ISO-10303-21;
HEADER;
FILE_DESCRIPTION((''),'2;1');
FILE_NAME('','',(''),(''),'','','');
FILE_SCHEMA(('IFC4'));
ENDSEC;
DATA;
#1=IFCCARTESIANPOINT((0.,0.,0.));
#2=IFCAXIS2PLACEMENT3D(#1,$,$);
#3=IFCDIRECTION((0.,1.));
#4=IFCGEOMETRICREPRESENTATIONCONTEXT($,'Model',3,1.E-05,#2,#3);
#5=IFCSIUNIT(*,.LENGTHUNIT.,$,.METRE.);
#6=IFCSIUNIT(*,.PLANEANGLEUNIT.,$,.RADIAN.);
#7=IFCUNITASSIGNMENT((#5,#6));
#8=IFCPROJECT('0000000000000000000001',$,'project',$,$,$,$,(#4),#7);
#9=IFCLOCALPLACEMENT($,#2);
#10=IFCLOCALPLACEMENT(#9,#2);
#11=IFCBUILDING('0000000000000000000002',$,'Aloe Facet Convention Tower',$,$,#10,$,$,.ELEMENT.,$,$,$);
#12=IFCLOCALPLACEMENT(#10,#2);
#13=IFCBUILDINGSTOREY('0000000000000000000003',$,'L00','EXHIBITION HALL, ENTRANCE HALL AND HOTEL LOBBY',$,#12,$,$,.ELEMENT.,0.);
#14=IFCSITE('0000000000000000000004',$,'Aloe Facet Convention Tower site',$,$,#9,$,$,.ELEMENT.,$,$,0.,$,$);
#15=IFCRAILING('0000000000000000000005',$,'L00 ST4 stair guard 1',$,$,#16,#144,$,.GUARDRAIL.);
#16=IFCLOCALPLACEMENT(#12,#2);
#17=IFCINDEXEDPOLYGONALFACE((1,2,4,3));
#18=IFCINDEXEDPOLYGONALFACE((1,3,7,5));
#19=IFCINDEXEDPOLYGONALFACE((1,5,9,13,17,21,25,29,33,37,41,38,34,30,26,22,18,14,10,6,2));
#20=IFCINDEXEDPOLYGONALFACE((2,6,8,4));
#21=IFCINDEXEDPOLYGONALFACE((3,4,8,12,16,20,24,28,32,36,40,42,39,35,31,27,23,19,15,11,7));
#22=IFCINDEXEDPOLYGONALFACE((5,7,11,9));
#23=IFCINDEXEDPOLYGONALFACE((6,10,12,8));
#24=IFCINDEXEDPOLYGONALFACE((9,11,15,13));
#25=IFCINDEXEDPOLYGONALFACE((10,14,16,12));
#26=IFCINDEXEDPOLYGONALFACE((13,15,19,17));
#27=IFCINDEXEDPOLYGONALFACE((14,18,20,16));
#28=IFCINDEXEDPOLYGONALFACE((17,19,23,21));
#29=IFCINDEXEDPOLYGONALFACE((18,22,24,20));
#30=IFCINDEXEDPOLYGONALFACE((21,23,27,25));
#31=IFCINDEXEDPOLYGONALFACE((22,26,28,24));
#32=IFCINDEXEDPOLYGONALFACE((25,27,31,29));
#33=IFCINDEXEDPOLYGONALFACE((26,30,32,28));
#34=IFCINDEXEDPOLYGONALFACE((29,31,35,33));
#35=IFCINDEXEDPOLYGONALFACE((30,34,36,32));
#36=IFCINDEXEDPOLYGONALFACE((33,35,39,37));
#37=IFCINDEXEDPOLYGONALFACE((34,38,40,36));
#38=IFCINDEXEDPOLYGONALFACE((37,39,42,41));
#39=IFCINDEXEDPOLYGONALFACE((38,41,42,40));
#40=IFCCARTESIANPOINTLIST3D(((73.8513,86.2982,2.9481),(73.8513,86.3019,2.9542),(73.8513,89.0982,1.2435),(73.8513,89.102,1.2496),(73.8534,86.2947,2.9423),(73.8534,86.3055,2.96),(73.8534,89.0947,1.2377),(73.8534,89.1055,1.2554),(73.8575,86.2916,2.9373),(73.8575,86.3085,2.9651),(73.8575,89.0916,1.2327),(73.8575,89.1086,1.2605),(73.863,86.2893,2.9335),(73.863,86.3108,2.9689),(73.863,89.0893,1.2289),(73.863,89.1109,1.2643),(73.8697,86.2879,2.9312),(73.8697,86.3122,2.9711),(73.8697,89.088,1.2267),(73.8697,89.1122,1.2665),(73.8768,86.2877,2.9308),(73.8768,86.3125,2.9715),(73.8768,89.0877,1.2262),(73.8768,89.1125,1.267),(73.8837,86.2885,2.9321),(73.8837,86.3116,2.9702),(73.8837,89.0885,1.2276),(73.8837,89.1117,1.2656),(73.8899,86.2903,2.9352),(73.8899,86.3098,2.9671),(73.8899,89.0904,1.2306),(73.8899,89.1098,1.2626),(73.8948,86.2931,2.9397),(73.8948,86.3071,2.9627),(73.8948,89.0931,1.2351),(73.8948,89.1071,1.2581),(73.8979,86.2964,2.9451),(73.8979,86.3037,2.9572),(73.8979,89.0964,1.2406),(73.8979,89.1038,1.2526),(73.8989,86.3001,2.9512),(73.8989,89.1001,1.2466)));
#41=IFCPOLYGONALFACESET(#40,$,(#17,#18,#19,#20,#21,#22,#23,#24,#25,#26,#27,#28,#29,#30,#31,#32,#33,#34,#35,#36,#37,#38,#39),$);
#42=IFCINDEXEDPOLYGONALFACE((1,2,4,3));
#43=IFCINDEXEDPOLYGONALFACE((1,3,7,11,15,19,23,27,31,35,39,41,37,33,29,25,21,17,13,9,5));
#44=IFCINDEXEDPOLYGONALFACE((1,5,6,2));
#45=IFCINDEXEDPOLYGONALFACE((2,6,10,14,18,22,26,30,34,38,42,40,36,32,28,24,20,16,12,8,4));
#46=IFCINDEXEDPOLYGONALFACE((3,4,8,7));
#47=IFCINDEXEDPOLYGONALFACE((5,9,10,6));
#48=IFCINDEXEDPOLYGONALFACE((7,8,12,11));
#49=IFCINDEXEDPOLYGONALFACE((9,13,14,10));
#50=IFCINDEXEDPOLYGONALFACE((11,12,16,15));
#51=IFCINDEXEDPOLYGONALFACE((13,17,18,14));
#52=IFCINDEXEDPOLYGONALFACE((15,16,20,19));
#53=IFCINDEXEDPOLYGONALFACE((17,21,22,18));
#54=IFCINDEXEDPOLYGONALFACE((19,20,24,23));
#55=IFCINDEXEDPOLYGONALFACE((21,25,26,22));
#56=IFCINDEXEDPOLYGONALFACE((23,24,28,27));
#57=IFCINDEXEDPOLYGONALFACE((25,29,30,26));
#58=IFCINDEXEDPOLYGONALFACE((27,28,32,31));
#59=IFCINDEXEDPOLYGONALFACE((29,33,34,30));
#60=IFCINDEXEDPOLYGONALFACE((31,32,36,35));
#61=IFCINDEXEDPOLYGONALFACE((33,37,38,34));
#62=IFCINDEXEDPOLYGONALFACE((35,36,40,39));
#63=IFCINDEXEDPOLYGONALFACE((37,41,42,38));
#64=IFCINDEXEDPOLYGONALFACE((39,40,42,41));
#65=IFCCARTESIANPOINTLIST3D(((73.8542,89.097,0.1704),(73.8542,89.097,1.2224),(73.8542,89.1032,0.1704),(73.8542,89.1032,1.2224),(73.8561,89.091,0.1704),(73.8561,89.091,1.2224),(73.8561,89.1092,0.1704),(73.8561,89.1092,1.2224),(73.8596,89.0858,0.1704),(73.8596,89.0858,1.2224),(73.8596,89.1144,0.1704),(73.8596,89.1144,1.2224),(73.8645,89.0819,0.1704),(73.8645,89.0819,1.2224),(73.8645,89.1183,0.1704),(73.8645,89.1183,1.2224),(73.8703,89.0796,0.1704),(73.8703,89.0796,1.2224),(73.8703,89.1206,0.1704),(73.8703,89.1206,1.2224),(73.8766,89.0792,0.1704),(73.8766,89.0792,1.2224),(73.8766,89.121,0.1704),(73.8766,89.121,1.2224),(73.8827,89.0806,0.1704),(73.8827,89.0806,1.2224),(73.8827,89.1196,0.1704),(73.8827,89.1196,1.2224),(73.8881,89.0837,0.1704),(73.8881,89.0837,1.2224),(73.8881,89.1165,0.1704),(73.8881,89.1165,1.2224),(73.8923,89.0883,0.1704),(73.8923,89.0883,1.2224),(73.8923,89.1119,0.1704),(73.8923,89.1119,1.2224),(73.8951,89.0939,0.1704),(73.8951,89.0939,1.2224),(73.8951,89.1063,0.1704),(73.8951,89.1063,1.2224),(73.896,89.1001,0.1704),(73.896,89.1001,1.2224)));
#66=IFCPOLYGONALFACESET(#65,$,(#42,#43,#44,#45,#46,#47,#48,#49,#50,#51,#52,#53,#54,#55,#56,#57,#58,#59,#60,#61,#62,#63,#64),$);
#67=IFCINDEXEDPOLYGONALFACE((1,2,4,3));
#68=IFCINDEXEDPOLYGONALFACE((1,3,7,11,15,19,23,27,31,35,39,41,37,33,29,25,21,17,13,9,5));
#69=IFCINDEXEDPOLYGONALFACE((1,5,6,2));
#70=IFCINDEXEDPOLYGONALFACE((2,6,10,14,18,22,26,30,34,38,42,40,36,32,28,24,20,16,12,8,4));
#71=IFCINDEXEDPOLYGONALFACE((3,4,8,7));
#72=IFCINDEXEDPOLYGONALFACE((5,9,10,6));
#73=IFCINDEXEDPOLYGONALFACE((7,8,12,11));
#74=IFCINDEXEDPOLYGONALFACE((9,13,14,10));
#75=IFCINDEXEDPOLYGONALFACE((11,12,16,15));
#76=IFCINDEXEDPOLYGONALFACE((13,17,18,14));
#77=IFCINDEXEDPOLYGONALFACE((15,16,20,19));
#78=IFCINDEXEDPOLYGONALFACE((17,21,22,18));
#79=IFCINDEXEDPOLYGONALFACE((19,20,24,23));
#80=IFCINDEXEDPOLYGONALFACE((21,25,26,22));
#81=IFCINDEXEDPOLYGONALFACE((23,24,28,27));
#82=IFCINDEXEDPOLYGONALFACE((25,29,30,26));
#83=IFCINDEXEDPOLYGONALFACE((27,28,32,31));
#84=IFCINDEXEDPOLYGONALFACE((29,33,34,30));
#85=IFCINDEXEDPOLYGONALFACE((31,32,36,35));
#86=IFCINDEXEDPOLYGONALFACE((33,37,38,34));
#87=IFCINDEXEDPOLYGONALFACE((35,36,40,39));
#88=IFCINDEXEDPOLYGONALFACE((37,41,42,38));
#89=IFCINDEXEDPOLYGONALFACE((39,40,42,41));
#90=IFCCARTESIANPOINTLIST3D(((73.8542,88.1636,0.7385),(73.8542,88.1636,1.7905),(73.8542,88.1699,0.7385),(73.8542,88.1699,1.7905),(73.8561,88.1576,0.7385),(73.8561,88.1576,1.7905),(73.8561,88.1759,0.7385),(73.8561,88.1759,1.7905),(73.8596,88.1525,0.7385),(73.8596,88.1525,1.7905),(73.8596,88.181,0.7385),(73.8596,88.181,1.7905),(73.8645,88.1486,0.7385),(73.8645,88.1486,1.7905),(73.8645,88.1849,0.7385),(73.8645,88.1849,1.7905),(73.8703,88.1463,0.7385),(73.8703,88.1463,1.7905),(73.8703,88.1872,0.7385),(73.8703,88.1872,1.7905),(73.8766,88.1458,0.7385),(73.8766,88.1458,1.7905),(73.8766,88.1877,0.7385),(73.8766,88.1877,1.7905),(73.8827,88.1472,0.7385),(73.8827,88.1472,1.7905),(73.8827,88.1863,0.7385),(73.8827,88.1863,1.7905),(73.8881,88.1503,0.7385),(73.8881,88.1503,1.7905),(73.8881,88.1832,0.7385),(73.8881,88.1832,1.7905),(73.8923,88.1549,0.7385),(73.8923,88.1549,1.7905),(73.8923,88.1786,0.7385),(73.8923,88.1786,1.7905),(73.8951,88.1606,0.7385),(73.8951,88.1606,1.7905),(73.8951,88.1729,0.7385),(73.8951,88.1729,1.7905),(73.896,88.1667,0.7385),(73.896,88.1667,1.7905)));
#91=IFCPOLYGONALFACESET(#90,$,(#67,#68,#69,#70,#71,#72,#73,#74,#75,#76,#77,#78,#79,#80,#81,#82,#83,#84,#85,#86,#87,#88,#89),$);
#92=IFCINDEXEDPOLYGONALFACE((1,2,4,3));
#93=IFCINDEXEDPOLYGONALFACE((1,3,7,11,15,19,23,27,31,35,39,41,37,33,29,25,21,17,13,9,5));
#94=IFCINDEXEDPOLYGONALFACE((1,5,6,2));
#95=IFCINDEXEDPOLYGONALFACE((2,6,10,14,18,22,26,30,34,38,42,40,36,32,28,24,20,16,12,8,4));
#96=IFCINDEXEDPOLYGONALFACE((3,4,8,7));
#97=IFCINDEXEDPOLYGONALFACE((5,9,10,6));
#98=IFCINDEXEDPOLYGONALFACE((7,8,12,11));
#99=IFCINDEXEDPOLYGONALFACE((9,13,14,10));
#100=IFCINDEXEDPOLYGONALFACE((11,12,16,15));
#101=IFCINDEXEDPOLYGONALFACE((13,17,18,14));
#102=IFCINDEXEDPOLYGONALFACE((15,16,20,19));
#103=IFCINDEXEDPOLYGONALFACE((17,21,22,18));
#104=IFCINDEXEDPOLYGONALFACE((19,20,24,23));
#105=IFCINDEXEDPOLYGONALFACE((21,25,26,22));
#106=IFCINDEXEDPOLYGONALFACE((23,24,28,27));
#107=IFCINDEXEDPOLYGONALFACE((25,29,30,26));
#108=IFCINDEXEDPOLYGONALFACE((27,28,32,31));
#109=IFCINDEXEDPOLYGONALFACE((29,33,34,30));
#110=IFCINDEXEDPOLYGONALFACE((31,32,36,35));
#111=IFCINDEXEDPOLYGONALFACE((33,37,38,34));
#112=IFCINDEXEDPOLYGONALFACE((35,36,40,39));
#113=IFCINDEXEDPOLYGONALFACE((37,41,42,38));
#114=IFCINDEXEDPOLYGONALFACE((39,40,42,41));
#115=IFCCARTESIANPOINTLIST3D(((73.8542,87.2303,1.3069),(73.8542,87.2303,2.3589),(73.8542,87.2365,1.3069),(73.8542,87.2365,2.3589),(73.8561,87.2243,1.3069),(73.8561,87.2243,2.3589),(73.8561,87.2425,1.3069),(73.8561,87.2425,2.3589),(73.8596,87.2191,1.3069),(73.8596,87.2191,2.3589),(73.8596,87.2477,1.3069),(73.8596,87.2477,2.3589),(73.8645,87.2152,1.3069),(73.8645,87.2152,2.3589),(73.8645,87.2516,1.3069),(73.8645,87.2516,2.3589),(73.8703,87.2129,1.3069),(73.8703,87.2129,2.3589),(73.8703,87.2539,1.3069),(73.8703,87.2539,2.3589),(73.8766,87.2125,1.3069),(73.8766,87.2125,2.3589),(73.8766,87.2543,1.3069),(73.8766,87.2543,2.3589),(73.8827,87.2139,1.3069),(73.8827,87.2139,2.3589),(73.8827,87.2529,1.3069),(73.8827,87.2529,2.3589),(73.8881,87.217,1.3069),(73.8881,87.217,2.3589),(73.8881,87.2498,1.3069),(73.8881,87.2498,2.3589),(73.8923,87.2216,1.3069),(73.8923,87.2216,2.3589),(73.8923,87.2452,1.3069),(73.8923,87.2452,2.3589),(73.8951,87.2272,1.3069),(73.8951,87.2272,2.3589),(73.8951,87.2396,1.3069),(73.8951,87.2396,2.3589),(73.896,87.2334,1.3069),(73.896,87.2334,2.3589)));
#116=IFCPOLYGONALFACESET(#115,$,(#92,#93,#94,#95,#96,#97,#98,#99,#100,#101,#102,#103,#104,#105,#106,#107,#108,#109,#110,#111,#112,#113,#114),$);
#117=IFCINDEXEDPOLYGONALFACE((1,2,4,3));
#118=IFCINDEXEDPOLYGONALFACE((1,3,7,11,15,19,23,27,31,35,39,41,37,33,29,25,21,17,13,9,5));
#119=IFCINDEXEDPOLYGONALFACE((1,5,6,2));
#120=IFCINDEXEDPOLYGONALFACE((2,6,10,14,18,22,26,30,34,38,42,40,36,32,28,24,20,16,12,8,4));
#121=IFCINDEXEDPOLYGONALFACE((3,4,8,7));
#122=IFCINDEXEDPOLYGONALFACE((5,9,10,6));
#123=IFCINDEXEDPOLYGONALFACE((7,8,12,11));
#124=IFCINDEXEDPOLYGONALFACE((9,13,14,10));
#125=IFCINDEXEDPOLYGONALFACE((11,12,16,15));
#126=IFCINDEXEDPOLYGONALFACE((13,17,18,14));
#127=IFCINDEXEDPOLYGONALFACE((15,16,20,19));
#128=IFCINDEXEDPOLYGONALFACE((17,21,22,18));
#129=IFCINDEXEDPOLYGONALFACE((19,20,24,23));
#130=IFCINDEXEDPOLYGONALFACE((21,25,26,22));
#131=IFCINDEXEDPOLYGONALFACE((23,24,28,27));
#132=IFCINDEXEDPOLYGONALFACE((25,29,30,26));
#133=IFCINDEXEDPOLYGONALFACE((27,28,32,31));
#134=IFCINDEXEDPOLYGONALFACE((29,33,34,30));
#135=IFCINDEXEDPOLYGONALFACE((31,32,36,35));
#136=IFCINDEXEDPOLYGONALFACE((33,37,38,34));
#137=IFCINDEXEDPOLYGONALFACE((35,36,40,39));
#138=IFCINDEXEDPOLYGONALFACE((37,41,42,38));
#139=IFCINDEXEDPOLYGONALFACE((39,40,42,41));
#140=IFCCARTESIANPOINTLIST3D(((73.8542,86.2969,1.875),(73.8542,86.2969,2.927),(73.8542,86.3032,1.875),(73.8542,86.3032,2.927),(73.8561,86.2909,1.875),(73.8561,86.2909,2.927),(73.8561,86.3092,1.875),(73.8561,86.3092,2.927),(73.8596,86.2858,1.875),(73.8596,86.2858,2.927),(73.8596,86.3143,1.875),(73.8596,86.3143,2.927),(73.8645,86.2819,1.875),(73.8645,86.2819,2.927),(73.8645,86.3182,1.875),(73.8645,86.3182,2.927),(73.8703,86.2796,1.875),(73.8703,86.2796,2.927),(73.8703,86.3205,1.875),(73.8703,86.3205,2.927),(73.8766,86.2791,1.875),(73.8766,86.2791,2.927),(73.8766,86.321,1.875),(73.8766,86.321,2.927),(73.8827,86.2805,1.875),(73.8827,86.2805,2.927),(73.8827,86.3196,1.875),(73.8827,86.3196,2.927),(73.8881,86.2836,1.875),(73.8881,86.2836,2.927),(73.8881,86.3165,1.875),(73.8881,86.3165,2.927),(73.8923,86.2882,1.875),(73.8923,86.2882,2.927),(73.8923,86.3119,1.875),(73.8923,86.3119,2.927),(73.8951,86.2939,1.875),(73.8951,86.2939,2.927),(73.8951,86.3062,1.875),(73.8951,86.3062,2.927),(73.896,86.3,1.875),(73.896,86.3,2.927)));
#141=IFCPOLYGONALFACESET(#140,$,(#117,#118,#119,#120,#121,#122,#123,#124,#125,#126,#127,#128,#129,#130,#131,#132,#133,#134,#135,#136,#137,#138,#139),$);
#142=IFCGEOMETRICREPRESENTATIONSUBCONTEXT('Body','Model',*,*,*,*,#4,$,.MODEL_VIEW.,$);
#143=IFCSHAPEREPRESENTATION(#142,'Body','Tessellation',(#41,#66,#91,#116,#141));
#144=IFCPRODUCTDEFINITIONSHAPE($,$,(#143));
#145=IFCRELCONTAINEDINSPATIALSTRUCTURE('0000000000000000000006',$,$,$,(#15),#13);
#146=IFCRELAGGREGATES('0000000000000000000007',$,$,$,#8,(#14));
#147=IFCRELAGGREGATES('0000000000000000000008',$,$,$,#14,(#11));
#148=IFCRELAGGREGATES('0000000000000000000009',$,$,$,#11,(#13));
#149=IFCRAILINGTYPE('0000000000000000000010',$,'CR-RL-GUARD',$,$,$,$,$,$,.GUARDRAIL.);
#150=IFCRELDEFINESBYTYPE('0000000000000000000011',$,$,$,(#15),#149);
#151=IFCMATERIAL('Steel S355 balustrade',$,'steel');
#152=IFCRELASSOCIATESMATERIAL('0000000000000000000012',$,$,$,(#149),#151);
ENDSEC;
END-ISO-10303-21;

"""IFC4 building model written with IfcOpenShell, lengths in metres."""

from ifc_helpers import new_model, si_unit, direction, frame, origin, origin_2d, place, context, subcontext, project, spatial, circle, extrude, material, type_object, element, save


model = new_model("IFC4")

# Units and contexts
model_context = context("Model", 3, precision=1e-05, world=origin(), true_north=direction((0.0, 1.0)))
body_context = subcontext(model_context, "Body", "Model", "MODEL_VIEW")
ifc_project = project(units=[si_unit("LENGTHUNIT", "METRE"), si_unit("PLANEANGLEUNIT", "RADIAN")], contexts=[model_context])

# Site, building, storey
site_placement = place(None, origin())
site = spatial("IfcSite", under=ifc_project, at=site_placement, Name="Aloe Facet Convention Tower site", CompositionType="ELEMENT", RefElevation=0.0)
building_placement = place(site_placement, origin())
building = spatial("IfcBuilding", under=site, at=building_placement, Name="Aloe Facet Convention Tower", CompositionType="ELEMENT")
storey_placement = place(building_placement, origin())
storey = spatial("IfcBuildingStorey", under=building, at=storey_placement, Name="L00", Description="EXHIBITION HALL, ENTRANCE HALL AND HOTEL LOBBY", CompositionType="ELEMENT", Elevation=0.0)

# Railing
ifc_material_1 = material(Name="Steel S355 balustrade", Category="steel")
railing_type_1 = type_object("IfcRailingType", Name="CR-RL-GUARD", PredefinedType="GUARDRAIL", material=ifc_material_1)
railing_1_placement = place(storey_placement, frame((73.875, 89.1001, 0.1704)))
element("IfcRailing", 1, at=railing_1_placement, inside=storey, type_object=railing_type_1, Name="L00 ST4 stair guard 1", PredefinedType="GUARDRAIL", context=body_context, shape_type="SweptSolid", body=[
    extrude(circle(Radius=0.0239, at=origin_2d()), frame((0.0, 0.0, 1.0762), z_axis=(0.0, -0.85417, 0.519994), x_axis=(1.0, 0.0, 0.0)), (0.0, 0.0, 1.0), 3.2781),
    extrude(circle(Radius=0.021, at=origin_2d()), origin(), (0.0, 0.0, 1.0), 1.052),
    extrude(circle(Radius=0.021, at=origin_2d()), frame((0.0, -0.9333, 0.5681)), (0.0, 0.0, 1.0), 1.052),
    extrude(circle(Radius=0.021, at=origin_2d()), frame((0.0, -1.8667, 1.1365)), (0.0, 0.0, 1.0), 1.052),
    extrude(circle(Radius=0.021, at=origin_2d()), frame((0.0, -2.8, 1.7046)), (0.0, 0.0, 1.0), 1.052),
])

save(model, "model.ifc")
